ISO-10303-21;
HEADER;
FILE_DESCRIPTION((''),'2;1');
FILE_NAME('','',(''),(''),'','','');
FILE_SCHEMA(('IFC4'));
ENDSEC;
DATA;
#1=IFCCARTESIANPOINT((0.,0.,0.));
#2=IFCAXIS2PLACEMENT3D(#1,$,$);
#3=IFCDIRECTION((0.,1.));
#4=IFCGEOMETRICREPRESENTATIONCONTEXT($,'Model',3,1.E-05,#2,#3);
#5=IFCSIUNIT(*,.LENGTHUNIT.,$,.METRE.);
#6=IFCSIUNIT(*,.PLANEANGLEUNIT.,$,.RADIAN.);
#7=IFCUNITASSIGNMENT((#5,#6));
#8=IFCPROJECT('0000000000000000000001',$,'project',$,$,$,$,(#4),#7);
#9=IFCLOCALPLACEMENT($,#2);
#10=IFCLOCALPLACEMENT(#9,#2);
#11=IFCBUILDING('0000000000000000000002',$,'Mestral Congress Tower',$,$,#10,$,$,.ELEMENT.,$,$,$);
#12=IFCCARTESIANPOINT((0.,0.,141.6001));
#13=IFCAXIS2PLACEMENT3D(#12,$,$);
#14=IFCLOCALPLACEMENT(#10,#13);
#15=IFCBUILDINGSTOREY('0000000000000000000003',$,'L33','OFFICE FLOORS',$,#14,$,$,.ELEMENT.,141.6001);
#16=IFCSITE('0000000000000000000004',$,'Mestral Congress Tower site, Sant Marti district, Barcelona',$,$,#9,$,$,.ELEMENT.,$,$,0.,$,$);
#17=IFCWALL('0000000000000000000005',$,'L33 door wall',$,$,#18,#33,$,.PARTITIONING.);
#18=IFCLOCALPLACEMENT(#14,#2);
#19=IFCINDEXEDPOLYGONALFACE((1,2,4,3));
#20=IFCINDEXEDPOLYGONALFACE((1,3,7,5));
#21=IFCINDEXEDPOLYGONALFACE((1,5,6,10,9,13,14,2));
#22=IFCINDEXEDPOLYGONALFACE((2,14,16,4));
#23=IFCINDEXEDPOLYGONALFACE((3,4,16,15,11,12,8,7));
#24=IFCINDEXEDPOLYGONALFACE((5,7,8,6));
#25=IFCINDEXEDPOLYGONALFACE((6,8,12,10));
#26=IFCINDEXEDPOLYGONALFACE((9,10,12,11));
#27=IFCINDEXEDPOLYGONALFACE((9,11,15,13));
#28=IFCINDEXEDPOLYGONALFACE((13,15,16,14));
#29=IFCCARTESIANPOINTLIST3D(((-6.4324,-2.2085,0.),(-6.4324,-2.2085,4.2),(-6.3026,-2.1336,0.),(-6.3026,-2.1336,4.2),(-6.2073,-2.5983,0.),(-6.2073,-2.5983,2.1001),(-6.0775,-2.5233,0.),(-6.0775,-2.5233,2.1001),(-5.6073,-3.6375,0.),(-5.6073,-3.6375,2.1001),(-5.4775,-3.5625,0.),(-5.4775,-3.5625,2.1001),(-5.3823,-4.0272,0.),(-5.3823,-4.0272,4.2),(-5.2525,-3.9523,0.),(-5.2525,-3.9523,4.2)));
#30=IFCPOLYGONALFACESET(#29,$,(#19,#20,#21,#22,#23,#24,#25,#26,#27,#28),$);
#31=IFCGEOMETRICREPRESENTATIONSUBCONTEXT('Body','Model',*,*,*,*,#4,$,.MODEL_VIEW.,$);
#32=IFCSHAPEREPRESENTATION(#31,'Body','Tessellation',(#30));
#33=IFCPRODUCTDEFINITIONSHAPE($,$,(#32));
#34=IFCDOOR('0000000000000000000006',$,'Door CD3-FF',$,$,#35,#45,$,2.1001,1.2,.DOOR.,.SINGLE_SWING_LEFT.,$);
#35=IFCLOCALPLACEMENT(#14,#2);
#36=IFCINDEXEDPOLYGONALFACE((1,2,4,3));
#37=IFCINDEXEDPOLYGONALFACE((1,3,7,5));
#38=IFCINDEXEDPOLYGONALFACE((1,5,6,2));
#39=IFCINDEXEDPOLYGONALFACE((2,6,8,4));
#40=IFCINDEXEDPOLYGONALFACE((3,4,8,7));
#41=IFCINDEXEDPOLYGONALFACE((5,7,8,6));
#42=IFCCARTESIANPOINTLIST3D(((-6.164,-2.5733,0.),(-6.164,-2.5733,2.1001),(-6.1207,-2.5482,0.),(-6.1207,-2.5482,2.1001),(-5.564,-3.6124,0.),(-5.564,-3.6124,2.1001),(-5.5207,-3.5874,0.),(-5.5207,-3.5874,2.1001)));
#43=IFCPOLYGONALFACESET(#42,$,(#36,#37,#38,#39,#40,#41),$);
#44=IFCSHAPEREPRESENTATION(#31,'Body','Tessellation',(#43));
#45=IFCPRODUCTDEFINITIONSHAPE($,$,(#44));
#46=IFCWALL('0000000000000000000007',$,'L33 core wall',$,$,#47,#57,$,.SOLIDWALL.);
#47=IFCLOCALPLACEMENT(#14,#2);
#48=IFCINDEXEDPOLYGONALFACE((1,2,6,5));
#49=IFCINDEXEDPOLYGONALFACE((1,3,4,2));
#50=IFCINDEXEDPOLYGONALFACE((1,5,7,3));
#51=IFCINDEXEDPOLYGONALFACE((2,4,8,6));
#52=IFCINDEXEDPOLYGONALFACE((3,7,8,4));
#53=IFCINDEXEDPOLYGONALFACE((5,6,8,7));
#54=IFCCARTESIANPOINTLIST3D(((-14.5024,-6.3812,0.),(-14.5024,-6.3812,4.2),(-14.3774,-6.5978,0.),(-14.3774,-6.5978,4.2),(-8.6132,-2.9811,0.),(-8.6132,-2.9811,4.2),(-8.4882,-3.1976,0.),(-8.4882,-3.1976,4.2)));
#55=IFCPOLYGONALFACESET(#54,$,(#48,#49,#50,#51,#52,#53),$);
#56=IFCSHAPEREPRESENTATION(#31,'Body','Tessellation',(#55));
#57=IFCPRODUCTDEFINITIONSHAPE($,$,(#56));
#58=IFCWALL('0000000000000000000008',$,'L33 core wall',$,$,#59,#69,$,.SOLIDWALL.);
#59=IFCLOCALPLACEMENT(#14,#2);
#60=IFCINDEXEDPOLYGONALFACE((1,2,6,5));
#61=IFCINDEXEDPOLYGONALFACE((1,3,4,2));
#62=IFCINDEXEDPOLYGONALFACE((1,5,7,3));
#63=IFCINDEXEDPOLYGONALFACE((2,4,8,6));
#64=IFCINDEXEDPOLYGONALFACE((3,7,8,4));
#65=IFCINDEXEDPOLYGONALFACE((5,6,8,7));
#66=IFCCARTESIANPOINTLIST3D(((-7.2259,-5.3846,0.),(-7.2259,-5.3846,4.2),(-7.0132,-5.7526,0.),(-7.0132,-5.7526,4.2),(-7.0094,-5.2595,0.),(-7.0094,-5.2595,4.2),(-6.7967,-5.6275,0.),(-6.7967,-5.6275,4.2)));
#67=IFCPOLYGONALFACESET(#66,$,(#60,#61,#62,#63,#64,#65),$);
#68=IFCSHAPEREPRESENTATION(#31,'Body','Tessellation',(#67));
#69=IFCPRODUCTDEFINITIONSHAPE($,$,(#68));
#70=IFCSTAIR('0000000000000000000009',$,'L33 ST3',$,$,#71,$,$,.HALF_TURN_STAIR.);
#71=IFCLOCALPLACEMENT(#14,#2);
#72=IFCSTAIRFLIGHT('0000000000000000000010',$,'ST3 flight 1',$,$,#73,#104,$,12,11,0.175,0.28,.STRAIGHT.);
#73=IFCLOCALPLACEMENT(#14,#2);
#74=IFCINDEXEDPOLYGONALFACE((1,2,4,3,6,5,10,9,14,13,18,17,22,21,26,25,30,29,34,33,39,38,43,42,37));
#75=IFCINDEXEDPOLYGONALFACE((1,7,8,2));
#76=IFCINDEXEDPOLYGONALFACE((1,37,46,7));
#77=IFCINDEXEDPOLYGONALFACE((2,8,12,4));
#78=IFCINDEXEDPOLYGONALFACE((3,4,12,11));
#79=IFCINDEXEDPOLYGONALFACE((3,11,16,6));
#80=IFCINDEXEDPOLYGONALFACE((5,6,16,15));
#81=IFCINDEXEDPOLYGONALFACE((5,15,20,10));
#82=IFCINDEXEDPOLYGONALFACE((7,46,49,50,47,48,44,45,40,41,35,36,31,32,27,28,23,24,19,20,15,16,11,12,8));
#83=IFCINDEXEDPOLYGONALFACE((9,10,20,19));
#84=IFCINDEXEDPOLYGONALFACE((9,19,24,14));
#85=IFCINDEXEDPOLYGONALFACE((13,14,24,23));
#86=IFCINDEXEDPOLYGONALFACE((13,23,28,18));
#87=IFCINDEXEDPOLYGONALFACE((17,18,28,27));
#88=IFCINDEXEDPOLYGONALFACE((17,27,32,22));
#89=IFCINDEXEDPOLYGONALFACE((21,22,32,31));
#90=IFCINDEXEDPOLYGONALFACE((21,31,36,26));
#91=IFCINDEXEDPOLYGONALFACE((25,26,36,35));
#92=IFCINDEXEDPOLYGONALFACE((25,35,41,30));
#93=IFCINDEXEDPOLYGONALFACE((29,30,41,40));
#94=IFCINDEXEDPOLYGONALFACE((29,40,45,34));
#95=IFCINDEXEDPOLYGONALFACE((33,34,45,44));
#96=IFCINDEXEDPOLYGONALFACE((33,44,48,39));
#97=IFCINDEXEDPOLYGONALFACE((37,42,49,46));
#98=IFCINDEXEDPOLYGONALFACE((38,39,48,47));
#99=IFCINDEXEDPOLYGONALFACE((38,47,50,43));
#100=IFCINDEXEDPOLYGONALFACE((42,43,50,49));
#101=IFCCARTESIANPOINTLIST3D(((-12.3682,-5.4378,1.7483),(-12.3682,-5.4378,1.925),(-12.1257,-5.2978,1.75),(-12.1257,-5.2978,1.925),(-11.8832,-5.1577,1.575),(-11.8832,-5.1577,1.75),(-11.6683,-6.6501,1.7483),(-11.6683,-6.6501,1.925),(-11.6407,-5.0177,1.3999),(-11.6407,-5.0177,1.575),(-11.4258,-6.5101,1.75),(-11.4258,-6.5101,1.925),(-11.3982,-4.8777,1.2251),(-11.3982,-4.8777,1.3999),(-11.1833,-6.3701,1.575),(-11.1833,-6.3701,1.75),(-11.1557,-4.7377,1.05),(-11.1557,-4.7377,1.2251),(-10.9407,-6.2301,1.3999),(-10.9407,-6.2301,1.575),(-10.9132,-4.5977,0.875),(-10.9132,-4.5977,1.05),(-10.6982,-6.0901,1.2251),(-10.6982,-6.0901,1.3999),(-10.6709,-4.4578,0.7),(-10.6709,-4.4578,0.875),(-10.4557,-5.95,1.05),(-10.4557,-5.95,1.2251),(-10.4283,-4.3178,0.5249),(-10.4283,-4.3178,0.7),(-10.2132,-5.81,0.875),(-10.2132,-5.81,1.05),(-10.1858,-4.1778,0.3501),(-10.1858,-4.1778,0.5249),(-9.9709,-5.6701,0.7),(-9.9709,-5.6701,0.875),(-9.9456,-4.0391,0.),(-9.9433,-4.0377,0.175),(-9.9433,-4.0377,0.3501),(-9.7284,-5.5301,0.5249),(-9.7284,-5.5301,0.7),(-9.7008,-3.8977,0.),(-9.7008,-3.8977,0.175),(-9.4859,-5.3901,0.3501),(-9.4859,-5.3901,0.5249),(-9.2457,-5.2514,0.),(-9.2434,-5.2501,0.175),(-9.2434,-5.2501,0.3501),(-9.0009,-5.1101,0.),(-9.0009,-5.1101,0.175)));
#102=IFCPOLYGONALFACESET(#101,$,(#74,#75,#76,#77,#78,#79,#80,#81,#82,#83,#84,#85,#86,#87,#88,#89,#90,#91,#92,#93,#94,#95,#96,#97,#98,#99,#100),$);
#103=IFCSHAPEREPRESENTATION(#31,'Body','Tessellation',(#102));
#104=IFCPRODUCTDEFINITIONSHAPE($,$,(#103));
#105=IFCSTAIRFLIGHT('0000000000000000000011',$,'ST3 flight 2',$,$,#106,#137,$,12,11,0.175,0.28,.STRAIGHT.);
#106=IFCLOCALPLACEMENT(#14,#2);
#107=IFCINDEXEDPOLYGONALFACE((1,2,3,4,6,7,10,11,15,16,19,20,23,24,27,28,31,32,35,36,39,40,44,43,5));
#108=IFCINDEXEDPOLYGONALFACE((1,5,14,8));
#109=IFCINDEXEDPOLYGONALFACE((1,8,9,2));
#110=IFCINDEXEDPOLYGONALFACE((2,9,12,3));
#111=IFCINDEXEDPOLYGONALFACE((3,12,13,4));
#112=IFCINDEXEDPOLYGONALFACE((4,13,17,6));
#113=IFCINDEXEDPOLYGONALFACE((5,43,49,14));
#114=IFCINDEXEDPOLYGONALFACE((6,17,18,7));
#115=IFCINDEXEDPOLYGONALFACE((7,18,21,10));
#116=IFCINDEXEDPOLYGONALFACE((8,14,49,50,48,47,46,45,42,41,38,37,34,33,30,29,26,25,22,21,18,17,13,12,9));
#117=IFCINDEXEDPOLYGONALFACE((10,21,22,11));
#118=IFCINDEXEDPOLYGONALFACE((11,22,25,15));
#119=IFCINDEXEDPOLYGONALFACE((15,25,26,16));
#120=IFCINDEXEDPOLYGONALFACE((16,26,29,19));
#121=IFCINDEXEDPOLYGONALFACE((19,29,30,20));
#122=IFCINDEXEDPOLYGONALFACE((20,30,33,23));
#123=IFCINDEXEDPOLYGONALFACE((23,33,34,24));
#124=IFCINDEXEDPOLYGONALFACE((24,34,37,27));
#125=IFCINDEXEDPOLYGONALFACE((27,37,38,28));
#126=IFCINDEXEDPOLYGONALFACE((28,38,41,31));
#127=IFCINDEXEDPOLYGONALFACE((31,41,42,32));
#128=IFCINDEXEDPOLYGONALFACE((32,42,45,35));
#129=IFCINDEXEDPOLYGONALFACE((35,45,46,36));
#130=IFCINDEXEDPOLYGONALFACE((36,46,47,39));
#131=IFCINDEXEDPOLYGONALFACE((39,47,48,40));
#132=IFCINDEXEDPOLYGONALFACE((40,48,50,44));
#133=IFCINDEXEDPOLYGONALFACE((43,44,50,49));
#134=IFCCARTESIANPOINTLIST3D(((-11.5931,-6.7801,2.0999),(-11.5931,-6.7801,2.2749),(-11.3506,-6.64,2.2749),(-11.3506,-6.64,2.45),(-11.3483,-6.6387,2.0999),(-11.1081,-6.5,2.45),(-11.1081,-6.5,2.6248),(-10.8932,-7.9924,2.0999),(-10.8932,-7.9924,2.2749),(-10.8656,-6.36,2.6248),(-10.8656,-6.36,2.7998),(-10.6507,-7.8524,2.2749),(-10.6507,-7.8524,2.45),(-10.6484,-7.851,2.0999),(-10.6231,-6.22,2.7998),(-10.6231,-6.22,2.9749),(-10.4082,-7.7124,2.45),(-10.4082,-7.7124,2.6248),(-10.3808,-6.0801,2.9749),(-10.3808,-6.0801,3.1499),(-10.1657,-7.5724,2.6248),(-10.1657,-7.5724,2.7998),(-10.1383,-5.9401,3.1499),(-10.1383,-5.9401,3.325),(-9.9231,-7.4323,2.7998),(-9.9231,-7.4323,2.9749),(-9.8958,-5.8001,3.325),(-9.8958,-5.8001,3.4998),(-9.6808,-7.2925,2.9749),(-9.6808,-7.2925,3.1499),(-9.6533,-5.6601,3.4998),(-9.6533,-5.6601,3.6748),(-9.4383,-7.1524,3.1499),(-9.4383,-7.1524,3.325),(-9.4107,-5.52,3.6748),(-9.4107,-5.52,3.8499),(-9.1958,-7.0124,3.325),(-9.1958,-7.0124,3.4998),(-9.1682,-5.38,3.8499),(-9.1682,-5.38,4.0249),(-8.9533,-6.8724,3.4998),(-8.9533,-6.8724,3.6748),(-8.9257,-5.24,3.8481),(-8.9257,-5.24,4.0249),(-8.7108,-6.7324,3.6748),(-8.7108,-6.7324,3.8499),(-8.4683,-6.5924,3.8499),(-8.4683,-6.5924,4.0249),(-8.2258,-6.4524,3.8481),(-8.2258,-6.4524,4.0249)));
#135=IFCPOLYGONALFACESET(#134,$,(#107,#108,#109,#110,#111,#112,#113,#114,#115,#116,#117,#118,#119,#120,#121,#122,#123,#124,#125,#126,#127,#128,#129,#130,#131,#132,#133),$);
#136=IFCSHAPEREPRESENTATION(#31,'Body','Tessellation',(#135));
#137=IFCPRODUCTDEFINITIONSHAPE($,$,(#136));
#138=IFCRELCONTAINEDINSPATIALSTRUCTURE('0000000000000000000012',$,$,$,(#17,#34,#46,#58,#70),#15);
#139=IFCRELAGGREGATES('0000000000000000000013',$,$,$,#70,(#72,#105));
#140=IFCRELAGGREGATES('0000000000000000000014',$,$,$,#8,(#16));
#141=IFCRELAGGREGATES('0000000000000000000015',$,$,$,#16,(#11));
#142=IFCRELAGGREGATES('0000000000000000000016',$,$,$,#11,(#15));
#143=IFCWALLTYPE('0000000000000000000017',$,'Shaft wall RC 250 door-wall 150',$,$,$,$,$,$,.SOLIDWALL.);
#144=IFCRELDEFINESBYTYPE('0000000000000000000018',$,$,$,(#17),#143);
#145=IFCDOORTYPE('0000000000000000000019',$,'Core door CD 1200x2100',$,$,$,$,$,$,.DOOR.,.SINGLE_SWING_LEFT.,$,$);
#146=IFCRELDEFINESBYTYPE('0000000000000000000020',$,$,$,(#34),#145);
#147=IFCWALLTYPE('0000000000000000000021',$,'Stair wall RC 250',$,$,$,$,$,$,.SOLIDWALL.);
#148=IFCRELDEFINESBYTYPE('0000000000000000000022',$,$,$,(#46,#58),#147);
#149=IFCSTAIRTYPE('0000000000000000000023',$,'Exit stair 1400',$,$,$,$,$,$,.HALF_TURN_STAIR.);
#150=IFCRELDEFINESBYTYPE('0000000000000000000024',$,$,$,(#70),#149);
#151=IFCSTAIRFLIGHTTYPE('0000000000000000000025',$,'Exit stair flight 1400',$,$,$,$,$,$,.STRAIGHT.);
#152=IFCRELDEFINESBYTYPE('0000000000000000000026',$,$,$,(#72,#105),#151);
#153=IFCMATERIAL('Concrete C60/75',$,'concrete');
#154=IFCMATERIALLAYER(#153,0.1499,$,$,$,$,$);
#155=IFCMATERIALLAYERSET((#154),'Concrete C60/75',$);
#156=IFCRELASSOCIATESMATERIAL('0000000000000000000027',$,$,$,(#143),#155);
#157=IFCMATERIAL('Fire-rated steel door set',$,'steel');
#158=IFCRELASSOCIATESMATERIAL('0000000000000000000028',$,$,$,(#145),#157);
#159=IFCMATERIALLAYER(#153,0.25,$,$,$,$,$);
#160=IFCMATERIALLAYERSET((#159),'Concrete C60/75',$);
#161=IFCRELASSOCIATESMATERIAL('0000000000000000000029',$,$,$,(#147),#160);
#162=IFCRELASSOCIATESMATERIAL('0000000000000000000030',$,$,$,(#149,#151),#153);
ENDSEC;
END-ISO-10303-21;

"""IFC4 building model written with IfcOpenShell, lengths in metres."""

from ifc_helpers import new_model, si_unit, direction, frame, frame_2d, origin, place, context, subcontext, project, spatial, polyline, rectangle, outline, extrude, material, layer, layer_set, type_object, element, fill, aggregate, save


model = new_model("IFC4")

# Units and contexts
model_context = context("Model", 3, precision=1e-05, world=origin(), true_north=direction((0.0, 1.0)))
body_context = subcontext(model_context, "Body", "Model", "MODEL_VIEW")
ifc_project = project(units=[si_unit("LENGTHUNIT", "METRE"), si_unit("PLANEANGLEUNIT", "RADIAN")], contexts=[model_context])

# Site, building, storey
site_placement = place(None, origin())
site = spatial("IfcSite", under=ifc_project, at=site_placement, Name="Mestral Congress Tower site, Sant Marti district, Barcelona", CompositionType="ELEMENT", RefElevation=0.0)
building_placement = place(site_placement, origin())
building = spatial("IfcBuilding", under=site, at=building_placement, Name="Mestral Congress Tower", CompositionType="ELEMENT")
storey_placement = place(building_placement, frame((0.0, 0.0, 141.6001)))
storey = spatial("IfcBuildingStorey", under=building, at=storey_placement, Name="L33", Description="OFFICE FLOORS", CompositionType="ELEMENT", Elevation=141.6001)

# Shared definitions
ifc_material_1 = material(Name="Concrete C60/75", Category="concrete")

# Shared definitions
ifc_material_2 = material(Name="Fire-rated steel door set", Category="steel")

# Shared definitions
ifc_layer_1 = layer(ifc_material_1, 0.1499)
ifc_layer_set_1 = layer_set([ifc_layer_1], Name="Concrete C60/75")
wall_type_1 = type_object("IfcWallType", Name="Shaft wall RC 250 door-wall 150", PredefinedType="SOLIDWALL", material=ifc_layer_set_1)

# Wall, opening, door
wall_1_placement = place(storey_placement, frame((-5.3174, -3.9897, 0.0), z_axis=(0.0, 0.0, 1.0), x_axis=(-0.500028, 0.866009, 0.0)))
wall_1 = element("IfcWall", 1, at=wall_1_placement, inside=storey, type_object=wall_type_1, Name="L33 door wall", PredefinedType="PARTITIONING", context=body_context, shape_type="SweptSolid", body=[
    extrude(rectangle(XDim=2.1001, YDim=0.1499, at=frame_2d((1.05, 0.0))), origin(), (0.0, 0.0, 1.0), 4.2),
])
opening_1_placement = place(wall_1_placement, frame((0.45, 0.0, 0.0)))
opening_1 = element("IfcOpeningElement", 2, at=opening_1_placement, cuts=wall_1, PredefinedType="OPENING", context=body_context, shape_type="SweptSolid", body=[
    extrude(rectangle(XDim=1.2, YDim=2.1001, at=frame_2d((0.6001, 1.05))), frame((0.0, 0.085, 0.0), z_axis=(0.0, -1.0, 0.0), x_axis=(1.0, 0.0, 0.0)), (0.0, 0.0, 1.0), 0.1699),
])
door_type_1 = type_object("IfcDoorType", Name="Core door CD 1200x2100", OperationType="SINGLE_SWING_LEFT", PredefinedType="DOOR", material=ifc_material_2)
door_1_placement = place(opening_1_placement, origin())
door_1 = element("IfcDoor", 3, at=door_1_placement, inside=storey, type_object=door_type_1, Name="Door CD3-FF", OperationType="SINGLE_SWING_LEFT", OverallHeight=2.1001, OverallWidth=1.2, PredefinedType="DOOR", context=body_context, shape_type="SweptSolid", body=[
    extrude(rectangle(XDim=1.2, YDim=2.1001, at=frame_2d((0.6001, 1.05))), frame((0.0, 0.0249, 0.0), z_axis=(0.0, -1.0, 0.0), x_axis=(1.0, 0.0, 0.0)), (0.0, 0.0, 1.0), 0.05),
])
fill(opening_1, door_1)

# Walls
ifc_layer_2 = layer(ifc_material_1, 0.25)
ifc_layer_set_2 = layer_set([ifc_layer_2], Name="Concrete C60/75")
wall_type_2 = type_object("IfcWallType", Name="Stair wall RC 250", PredefinedType="SOLIDWALL", material=ifc_layer_set_2)
wall_2_placement = place(storey_placement, frame((-14.4399, -6.4895, 0.0), z_axis=(0.0, 0.0, 1.0), x_axis=(0.866023, 0.500004, 0.0)))
element("IfcWall", 4, at=wall_2_placement, inside=storey, type_object=wall_type_2, Name="L33 core wall", PredefinedType="SOLIDWALL", context=body_context, shape_type="SweptSolid", body=[
    extrude(rectangle(XDim=6.8003, YDim=0.25, at=frame_2d((3.4001, 0.0))), origin(), (0.0, 0.0, 1.0), 4.2),
])
wall_3_placement = place(storey_placement, frame((-6.905, -5.6899, 0.0), z_axis=(0.0, 0.0, 1.0), x_axis=(-0.500402, 0.865793, 0.0)))
element("IfcWall", 5, at=wall_3_placement, inside=storey, type_object=wall_type_2, Name="L33 core wall", PredefinedType="SOLIDWALL", context=body_context, shape_type="SweptSolid", body=[
    extrude(rectangle(XDim=0.425, YDim=0.25, at=frame_2d((0.2124, 0.0))), origin(), (0.0, 0.0, 1.0), 4.2),
])

# Stair, stair flights
stair_type = type_object("IfcStairType", Name="Exit stair 1400", PredefinedType="HALF_TURN_STAIR", material=ifc_material_1)
stair_placement = place(storey_placement, origin())
stair = element("IfcStair", 6, at=stair_placement, inside=storey, type_object=stair_type, Name="L33 ST3", PredefinedType="HALF_TURN_STAIR")
stair_flight_type = type_object("IfcStairFlightType", Name="Exit stair flight 1400", PredefinedType="STRAIGHT", material=ifc_material_1)
stair_flight_1_placement = place(storey_placement, frame((-9.3508, -4.5039, 0.0), z_axis=(0.0, 0.0, 1.0), x_axis=(-0.866025, -0.5, 0.0)))
stair_flight_1 = element("IfcStairFlight", 7, at=stair_flight_1_placement, type_object=stair_flight_type, Name="ST3 flight 1", NumberOfRisers=12, NumberOfTreads=11, PredefinedType="STRAIGHT", RiserHeight=0.175, TreadLength=0.28, context=body_context, shape_type="SweptSolid", body=[
    extrude(outline(polyline([(0.0, 0.0), (0.0, 0.175), (0.28, 0.175), (0.28, 0.3501), (0.5601, 0.3501), (0.5601, 0.5249), (0.8401, 0.5249), (0.8401, 0.7), (1.1201, 0.7), (1.1201, 0.875), (1.3999, 0.875), (1.3999, 1.05), (1.6799, 1.05), (1.6799, 1.2251), (1.96, 1.2251), (1.96, 1.3999), (2.24, 1.3999), (2.24, 1.575), (2.52, 1.575), (2.52, 1.75), (2.8, 1.75), (2.8, 1.925), (3.0801, 1.925), (3.0801, 2.1001), (3.0801, 1.7483), (0.2827, 0.0), (0.0, 0.0)])), frame((0.0, 0.7, 0.0), z_axis=(0.0, -1.0, 0.0), x_axis=(1.0, 0.0, 0.0)), (0.0, 0.0, 1.0), 1.3999),
])
stair_flight_2_placement = place(storey_placement, frame((-11.2432, -7.3862, 2.0999), z_axis=(0.0, 0.0, 1.0), x_axis=(0.866025, 0.5, 0.0)))
stair_flight_2 = element("IfcStairFlight", 8, at=stair_flight_2_placement, type_object=stair_flight_type, Name="ST3 flight 2", NumberOfRisers=12, NumberOfTreads=11, PredefinedType="STRAIGHT", RiserHeight=0.175, TreadLength=0.28, context=body_context, shape_type="SweptSolid", body=[
    extrude(outline(polyline([(0.0, 0.0), (0.0, 0.175), (0.28, 0.175), (0.28, 0.3501), (0.5601, 0.3501), (0.5601, 0.5249), (0.8401, 0.5249), (0.8401, 0.7), (1.1201, 0.7), (1.1201, 0.875), (1.3999, 0.875), (1.3999, 1.05), (1.6799, 1.05), (1.6799, 1.2251), (1.96, 1.2251), (1.96, 1.3999), (2.24, 1.3999), (2.24, 1.575), (2.52, 1.575), (2.52, 1.75), (2.8, 1.75), (2.8, 1.925), (3.0801, 1.925), (3.0801, 2.1001), (3.0801, 1.7483), (0.2827, 0.0), (0.0, 0.0)])), frame((0.0, 0.7, 0.0), z_axis=(0.0, -1.0, 0.0), x_axis=(1.0, 0.0, 0.0)), (0.0, 0.0, 1.0), 1.3999),
])
aggregate(stair, [stair_flight_1, stair_flight_2])

save(model, "model.ifc")
